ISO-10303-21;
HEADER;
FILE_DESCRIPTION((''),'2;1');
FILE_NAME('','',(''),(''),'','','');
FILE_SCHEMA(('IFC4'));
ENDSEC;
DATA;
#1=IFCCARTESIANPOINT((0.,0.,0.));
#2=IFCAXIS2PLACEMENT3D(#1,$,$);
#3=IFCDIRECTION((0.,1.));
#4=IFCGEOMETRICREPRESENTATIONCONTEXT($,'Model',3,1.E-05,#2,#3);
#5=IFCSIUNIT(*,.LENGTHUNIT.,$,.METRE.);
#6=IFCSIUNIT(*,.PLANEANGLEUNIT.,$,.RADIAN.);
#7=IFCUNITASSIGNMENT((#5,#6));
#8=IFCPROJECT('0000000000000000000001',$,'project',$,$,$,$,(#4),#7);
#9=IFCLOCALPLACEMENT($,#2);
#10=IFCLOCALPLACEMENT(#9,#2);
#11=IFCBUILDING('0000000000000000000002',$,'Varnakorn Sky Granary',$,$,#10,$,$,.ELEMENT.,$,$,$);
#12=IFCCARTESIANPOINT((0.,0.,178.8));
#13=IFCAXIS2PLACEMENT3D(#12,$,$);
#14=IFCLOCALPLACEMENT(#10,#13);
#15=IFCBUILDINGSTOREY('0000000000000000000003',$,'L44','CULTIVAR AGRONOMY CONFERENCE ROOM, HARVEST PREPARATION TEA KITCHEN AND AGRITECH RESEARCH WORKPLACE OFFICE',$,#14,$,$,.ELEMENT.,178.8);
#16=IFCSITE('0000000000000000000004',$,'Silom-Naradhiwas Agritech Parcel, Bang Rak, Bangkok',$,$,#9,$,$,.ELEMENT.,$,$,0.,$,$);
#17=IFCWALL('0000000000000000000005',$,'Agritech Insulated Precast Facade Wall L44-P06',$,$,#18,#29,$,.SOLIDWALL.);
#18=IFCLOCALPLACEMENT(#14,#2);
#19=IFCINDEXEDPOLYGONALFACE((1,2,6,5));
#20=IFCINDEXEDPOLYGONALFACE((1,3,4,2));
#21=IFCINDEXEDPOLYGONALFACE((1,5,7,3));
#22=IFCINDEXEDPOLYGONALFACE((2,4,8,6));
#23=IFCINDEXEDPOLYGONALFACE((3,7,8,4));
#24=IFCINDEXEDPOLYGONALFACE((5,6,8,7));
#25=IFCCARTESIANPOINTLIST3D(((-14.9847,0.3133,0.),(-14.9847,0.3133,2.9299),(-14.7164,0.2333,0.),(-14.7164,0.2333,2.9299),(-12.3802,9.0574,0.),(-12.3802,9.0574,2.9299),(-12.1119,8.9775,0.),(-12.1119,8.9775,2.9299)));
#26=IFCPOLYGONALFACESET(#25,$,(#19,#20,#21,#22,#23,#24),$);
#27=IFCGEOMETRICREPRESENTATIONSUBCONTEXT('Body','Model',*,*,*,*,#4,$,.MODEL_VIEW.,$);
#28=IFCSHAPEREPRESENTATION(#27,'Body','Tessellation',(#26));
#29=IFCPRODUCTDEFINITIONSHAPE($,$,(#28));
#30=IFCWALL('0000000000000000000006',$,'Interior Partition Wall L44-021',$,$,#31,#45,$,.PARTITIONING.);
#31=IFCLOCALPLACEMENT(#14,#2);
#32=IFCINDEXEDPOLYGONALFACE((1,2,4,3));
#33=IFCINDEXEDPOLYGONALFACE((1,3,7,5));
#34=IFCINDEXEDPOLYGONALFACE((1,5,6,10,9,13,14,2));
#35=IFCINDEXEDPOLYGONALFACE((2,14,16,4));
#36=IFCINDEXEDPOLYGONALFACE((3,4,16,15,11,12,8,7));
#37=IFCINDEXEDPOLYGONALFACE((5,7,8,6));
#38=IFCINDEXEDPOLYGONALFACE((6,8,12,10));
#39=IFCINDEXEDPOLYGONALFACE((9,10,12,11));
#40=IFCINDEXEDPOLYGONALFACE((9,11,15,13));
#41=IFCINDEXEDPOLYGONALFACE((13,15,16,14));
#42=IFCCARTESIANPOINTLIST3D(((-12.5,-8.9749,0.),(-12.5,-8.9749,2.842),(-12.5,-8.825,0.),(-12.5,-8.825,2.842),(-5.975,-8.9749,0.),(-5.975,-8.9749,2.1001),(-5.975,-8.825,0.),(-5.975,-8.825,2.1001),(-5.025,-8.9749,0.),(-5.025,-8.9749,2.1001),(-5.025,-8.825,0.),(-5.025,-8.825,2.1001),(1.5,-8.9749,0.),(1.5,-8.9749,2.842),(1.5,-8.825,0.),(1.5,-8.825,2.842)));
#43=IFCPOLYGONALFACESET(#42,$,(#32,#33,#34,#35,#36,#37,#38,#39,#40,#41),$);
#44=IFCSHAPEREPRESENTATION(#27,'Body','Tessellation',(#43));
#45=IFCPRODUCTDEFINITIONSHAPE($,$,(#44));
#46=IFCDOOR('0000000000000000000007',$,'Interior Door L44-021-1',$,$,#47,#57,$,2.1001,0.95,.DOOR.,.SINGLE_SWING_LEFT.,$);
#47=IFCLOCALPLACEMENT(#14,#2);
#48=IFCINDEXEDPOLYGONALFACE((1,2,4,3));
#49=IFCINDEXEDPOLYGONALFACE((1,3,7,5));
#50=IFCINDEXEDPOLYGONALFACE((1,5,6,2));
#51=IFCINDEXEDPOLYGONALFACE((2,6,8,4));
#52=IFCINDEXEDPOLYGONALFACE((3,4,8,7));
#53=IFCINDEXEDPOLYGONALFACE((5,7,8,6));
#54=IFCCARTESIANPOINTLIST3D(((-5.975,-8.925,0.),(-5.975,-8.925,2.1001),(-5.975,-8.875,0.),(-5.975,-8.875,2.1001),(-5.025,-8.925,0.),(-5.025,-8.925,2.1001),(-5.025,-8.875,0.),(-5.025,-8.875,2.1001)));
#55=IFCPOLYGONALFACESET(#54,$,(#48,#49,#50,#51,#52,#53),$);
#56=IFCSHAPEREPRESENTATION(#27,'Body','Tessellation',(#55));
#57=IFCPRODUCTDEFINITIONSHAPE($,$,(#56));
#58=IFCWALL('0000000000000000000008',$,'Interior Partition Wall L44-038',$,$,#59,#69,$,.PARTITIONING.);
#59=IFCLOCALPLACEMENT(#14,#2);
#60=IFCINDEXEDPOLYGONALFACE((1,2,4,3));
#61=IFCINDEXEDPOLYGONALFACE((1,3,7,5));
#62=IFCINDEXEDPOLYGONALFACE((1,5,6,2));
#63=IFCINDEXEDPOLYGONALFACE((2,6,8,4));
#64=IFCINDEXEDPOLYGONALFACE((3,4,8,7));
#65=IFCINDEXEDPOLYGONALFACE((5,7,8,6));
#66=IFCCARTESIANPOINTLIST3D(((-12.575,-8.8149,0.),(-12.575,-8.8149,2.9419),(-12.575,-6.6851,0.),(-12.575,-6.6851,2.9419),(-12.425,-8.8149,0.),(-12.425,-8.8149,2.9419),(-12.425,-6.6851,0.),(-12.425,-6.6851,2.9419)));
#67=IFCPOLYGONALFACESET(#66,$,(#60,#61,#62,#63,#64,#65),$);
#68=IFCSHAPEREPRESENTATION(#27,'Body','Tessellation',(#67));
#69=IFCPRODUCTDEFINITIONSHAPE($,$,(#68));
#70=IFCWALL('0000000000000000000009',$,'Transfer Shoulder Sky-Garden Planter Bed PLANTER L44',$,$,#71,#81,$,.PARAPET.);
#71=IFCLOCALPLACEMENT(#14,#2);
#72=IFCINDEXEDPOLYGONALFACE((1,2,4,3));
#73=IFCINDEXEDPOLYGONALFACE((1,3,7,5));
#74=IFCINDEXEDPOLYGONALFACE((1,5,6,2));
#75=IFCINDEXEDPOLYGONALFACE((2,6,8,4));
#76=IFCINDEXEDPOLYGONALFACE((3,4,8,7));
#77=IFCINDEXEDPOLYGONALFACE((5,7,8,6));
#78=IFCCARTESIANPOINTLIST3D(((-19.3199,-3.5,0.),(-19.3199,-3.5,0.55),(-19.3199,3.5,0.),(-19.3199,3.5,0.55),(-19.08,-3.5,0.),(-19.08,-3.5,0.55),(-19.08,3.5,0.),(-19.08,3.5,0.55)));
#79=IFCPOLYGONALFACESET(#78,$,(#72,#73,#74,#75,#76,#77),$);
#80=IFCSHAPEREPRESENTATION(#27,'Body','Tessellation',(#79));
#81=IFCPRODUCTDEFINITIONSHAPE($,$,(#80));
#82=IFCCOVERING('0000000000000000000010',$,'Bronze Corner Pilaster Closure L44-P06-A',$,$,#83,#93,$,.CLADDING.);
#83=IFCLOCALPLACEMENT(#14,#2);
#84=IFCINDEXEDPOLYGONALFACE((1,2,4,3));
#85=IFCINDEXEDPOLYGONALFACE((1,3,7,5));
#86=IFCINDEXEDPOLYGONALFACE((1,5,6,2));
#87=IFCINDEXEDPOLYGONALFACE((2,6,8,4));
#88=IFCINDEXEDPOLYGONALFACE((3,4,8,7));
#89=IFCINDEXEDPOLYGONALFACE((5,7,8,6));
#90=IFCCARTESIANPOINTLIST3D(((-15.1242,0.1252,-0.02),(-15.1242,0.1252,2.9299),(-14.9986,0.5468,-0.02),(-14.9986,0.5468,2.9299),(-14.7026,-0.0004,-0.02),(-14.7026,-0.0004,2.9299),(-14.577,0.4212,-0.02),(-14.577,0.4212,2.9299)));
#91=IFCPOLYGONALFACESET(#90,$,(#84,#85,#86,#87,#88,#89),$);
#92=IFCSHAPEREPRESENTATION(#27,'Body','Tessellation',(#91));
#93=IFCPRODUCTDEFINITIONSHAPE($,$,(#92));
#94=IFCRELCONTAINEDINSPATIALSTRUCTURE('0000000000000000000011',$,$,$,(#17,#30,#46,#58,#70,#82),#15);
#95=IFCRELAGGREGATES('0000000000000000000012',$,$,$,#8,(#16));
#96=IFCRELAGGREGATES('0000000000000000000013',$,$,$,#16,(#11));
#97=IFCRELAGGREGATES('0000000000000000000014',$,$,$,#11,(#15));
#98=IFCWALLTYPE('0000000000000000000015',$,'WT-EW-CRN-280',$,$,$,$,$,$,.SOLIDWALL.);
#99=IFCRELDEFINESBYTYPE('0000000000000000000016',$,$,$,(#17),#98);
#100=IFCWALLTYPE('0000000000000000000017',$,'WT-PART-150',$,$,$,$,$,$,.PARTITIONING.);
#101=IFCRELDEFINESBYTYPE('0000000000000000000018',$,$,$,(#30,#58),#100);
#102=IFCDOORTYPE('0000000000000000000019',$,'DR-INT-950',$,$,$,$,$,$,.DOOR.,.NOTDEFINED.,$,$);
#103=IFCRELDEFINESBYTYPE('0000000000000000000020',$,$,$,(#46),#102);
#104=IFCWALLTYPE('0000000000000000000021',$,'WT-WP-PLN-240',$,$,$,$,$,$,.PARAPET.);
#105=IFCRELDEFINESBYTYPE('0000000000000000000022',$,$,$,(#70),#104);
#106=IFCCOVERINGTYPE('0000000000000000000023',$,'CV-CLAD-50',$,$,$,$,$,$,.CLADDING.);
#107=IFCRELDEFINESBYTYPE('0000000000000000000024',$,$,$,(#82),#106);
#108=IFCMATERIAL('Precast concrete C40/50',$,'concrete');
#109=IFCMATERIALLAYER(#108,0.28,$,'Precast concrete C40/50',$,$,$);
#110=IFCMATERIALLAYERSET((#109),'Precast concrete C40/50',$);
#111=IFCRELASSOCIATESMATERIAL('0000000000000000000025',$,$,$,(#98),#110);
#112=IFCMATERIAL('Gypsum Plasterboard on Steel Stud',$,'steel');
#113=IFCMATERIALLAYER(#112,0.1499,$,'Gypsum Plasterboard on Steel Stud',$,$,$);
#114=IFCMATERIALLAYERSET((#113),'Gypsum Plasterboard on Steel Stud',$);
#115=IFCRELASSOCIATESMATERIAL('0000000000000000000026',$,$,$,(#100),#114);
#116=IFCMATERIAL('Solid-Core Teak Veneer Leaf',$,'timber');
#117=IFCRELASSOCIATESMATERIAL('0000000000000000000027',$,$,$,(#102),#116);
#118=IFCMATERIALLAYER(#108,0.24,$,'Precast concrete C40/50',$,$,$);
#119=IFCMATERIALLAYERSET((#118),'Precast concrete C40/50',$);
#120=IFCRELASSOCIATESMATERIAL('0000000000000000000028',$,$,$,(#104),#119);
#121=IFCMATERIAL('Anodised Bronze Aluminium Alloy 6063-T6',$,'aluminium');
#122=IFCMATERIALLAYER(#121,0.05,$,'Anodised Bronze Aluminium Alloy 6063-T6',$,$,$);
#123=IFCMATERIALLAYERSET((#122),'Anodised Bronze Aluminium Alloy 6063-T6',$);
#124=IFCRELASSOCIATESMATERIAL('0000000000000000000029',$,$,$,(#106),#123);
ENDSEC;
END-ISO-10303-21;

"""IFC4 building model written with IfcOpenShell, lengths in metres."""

from ifc_helpers import new_model, si_unit, direction, frame, frame_2d, origin, origin_2d, place, context, subcontext, project, spatial, rectangle, extrude, source, transform, mapped, material, layer, layer_set, type_object, type_shapes, element, fill, save


model = new_model("IFC4")

# Units and contexts
model_context = context("Model", 3, precision=1e-05, world=origin(), true_north=direction((0.0, 1.0)))
body_context = subcontext(model_context, "Body", "Model", "MODEL_VIEW")
ifc_project = project(units=[si_unit("LENGTHUNIT", "METRE"), si_unit("PLANEANGLEUNIT", "RADIAN")], contexts=[model_context])

# Site, building, storey
site_placement = place(None, origin())
site = spatial("IfcSite", under=ifc_project, at=site_placement, Name="Silom-Naradhiwas Agritech Parcel, Bang Rak, Bangkok", CompositionType="ELEMENT", RefElevation=0.0)
building_placement = place(site_placement, origin())
building = spatial("IfcBuilding", under=site, at=building_placement, Name="Varnakorn Sky Granary", CompositionType="ELEMENT")
storey_placement = place(building_placement, frame((0.0, 0.0, 178.8)))
storey = spatial("IfcBuildingStorey", under=building, at=storey_placement, Name="L44", Description="CULTIVAR AGRONOMY CONFERENCE ROOM, HARVEST PREPARATION TEA KITCHEN AND AGRITECH RESEARCH WORKPLACE OFFICE", CompositionType="ELEMENT", Elevation=178.8)

# Shared definitions
ifc_material_1 = material(Name="Anodised Bronze Aluminium Alloy 6063-T6", Category="aluminium")

# Shared definitions
ifc_material_2 = material(Name="Precast concrete C40/50", Category="concrete")

# Wall
ifc_layer_1 = layer(ifc_material_2, 0.28, Name="Precast concrete C40/50")
ifc_layer_set_1 = layer_set([ifc_layer_1], Name="Precast concrete C40/50")
wall_type_1 = type_object("IfcWallType", Name="WT-EW-CRN-280", PredefinedType="SOLIDWALL", material=ifc_layer_set_1)
wall_1_placement = place(storey_placement, frame((-14.8506, 0.2732, 0.0), z_axis=(0.0, 0.0, 1.0), x_axis=(0.285462, 0.95839, 0.0)))
element("IfcWall", 1, at=wall_1_placement, inside=storey, type_object=wall_type_1, Name="Agritech Insulated Precast Facade Wall L44-P06", PredefinedType="SOLIDWALL", context=body_context, shape_type="SweptSolid", body=[
    extrude(rectangle(XDim=9.1238, YDim=0.28, at=frame_2d((4.562, 0.0))), origin(), (0.0, 0.0, 1.0), 2.9299),
])

# Wall, opening, door
ifc_material_3 = material(Name="Gypsum Plasterboard on Steel Stud", Category="steel")
ifc_layer_2 = layer(ifc_material_3, 0.1499, Name="Gypsum Plasterboard on Steel Stud")
ifc_layer_set_2 = layer_set([ifc_layer_2], Name="Gypsum Plasterboard on Steel Stud")
wall_type_2 = type_object("IfcWallType", Name="WT-PART-150", PredefinedType="PARTITIONING", material=ifc_layer_set_2)
wall_2_placement = place(storey_placement, frame((-12.5, -8.8999, 0.0), z_axis=(0.0, 0.0, 1.0), x_axis=(1.0, 0.0, 0.0)))
wall_2 = element("IfcWall", 2, at=wall_2_placement, inside=storey, type_object=wall_type_2, Name="Interior Partition Wall L44-021", PredefinedType="PARTITIONING", context=body_context, shape_type="SweptSolid", body=[
    extrude(rectangle(XDim=14.0, YDim=0.1499, at=frame_2d((7.0, 0.0))), origin(), (0.0, 0.0, 1.0), 2.842),
])
opening_1_placement = place(wall_2_placement, frame((6.5249, 0.0, 0.0)))
opening_1 = element("IfcOpeningElement", 3, at=opening_1_placement, cuts=wall_2, PredefinedType="OPENING", context=body_context, shape_type="SweptSolid", body=[
    extrude(rectangle(XDim=0.95, YDim=2.1001, at=frame_2d((0.4751, 1.05))), frame((0.0, 0.085, 0.0), z_axis=(0.0, -1.0, 0.0), x_axis=(1.0, 0.0, 0.0)), (0.0, 0.0, 1.0), 0.1699),
])
ifc_material_4 = material(Name="Solid-Core Teak Veneer Leaf", Category="timber")
door_type_1 = type_object("IfcDoorType", Name="DR-INT-950", OperationType="NOTDEFINED", PredefinedType="DOOR", material=ifc_material_4)
door_1_placement = place(opening_1_placement, origin())
door_1 = element("IfcDoor", 4, at=door_1_placement, inside=storey, type_object=door_type_1, Name="Interior Door L44-021-1", OperationType="SINGLE_SWING_LEFT", OverallHeight=2.1001, OverallWidth=0.95, PredefinedType="DOOR", context=body_context, shape_type="SweptSolid", body=[
    extrude(rectangle(XDim=0.95, YDim=2.1001, at=frame_2d((0.4751, 1.05))), frame((0.0, 0.0249, 0.0), z_axis=(0.0, -1.0, 0.0), x_axis=(1.0, 0.0, 0.0)), (0.0, 0.0, 1.0), 0.05),
])
fill(opening_1, door_1)

# Walls
wall_3_placement = place(storey_placement, frame((-12.5, -6.6851, 0.0), z_axis=(0.0, 0.0, 1.0), x_axis=(0.0, -1.0, 0.0)))
element("IfcWall", 5, at=wall_3_placement, inside=storey, type_object=wall_type_2, Name="Interior Partition Wall L44-038", PredefinedType="PARTITIONING", context=body_context, shape_type="SweptSolid", body=[
    extrude(rectangle(XDim=2.1299, YDim=0.1499, at=frame_2d((1.0649, 0.0))), origin(), (0.0, 0.0, 1.0), 2.9419),
])
ifc_layer_3 = layer(ifc_material_2, 0.24, Name="Precast concrete C40/50")
ifc_layer_set_3 = layer_set([ifc_layer_3], Name="Precast concrete C40/50")
wall_type_3 = type_object("IfcWallType", Name="WT-WP-PLN-240", PredefinedType="PARAPET", material=ifc_layer_set_3)
wall_4_placement = place(storey_placement, frame((-19.2, -3.5, 0.0), z_axis=(0.0, 0.0, 1.0), x_axis=(0.0, 1.0, 0.0)))
element("IfcWall", 6, at=wall_4_placement, inside=storey, type_object=wall_type_3, Name="Transfer Shoulder Sky-Garden Planter Bed PLANTER L44", PredefinedType="PARAPET", context=body_context, shape_type="SweptSolid", body=[
    extrude(rectangle(XDim=7.0, YDim=0.24, at=frame_2d((3.5, 0.0))), origin(), (0.0, 0.0, 1.0), 0.55),
])

# Covering
ifc_layer_4 = layer(ifc_material_1, 0.05, Name="Anodised Bronze Aluminium Alloy 6063-T6")
ifc_layer_set_4 = layer_set([ifc_layer_4], Name="Anodised Bronze Aluminium Alloy 6063-T6")
covering_type = type_object("IfcCoveringType", Name="CV-CLAD-50", PredefinedType="CLADDING", material=ifc_layer_set_4)
shared_shape_1 = source(origin(), body_context, "Body", "SweptSolid", [
    extrude(rectangle(XDim=0.4399, YDim=0.4399, at=origin_2d()), origin(), (0.0, 0.0, 1.0), 2.95),
])
type_shapes(covering_type, [shared_shape_1])
covering_placement = place(storey_placement, frame((-14.8506, 0.2732, -0.02), z_axis=(0.0, 0.0, 1.0), x_axis=(0.285521, 0.958372, 0.0)))
element("IfcCovering", 7, at=covering_placement, inside=storey, type_object=covering_type, Name="Bronze Corner Pilaster Closure L44-P06-A", PredefinedType="CLADDING", context=body_context, shape_type="MappedRepresentation", body=[
    mapped(shared_shape_1, transform((0.0, 0.0, 0.0), x_axis=(1.0, 0.0, 0.0), y_axis=(0.0, 1.0, 0.0), z_axis=(0.0, 0.0, 1.0), scale=1.0)),
])

save(model, "model.ifc")
